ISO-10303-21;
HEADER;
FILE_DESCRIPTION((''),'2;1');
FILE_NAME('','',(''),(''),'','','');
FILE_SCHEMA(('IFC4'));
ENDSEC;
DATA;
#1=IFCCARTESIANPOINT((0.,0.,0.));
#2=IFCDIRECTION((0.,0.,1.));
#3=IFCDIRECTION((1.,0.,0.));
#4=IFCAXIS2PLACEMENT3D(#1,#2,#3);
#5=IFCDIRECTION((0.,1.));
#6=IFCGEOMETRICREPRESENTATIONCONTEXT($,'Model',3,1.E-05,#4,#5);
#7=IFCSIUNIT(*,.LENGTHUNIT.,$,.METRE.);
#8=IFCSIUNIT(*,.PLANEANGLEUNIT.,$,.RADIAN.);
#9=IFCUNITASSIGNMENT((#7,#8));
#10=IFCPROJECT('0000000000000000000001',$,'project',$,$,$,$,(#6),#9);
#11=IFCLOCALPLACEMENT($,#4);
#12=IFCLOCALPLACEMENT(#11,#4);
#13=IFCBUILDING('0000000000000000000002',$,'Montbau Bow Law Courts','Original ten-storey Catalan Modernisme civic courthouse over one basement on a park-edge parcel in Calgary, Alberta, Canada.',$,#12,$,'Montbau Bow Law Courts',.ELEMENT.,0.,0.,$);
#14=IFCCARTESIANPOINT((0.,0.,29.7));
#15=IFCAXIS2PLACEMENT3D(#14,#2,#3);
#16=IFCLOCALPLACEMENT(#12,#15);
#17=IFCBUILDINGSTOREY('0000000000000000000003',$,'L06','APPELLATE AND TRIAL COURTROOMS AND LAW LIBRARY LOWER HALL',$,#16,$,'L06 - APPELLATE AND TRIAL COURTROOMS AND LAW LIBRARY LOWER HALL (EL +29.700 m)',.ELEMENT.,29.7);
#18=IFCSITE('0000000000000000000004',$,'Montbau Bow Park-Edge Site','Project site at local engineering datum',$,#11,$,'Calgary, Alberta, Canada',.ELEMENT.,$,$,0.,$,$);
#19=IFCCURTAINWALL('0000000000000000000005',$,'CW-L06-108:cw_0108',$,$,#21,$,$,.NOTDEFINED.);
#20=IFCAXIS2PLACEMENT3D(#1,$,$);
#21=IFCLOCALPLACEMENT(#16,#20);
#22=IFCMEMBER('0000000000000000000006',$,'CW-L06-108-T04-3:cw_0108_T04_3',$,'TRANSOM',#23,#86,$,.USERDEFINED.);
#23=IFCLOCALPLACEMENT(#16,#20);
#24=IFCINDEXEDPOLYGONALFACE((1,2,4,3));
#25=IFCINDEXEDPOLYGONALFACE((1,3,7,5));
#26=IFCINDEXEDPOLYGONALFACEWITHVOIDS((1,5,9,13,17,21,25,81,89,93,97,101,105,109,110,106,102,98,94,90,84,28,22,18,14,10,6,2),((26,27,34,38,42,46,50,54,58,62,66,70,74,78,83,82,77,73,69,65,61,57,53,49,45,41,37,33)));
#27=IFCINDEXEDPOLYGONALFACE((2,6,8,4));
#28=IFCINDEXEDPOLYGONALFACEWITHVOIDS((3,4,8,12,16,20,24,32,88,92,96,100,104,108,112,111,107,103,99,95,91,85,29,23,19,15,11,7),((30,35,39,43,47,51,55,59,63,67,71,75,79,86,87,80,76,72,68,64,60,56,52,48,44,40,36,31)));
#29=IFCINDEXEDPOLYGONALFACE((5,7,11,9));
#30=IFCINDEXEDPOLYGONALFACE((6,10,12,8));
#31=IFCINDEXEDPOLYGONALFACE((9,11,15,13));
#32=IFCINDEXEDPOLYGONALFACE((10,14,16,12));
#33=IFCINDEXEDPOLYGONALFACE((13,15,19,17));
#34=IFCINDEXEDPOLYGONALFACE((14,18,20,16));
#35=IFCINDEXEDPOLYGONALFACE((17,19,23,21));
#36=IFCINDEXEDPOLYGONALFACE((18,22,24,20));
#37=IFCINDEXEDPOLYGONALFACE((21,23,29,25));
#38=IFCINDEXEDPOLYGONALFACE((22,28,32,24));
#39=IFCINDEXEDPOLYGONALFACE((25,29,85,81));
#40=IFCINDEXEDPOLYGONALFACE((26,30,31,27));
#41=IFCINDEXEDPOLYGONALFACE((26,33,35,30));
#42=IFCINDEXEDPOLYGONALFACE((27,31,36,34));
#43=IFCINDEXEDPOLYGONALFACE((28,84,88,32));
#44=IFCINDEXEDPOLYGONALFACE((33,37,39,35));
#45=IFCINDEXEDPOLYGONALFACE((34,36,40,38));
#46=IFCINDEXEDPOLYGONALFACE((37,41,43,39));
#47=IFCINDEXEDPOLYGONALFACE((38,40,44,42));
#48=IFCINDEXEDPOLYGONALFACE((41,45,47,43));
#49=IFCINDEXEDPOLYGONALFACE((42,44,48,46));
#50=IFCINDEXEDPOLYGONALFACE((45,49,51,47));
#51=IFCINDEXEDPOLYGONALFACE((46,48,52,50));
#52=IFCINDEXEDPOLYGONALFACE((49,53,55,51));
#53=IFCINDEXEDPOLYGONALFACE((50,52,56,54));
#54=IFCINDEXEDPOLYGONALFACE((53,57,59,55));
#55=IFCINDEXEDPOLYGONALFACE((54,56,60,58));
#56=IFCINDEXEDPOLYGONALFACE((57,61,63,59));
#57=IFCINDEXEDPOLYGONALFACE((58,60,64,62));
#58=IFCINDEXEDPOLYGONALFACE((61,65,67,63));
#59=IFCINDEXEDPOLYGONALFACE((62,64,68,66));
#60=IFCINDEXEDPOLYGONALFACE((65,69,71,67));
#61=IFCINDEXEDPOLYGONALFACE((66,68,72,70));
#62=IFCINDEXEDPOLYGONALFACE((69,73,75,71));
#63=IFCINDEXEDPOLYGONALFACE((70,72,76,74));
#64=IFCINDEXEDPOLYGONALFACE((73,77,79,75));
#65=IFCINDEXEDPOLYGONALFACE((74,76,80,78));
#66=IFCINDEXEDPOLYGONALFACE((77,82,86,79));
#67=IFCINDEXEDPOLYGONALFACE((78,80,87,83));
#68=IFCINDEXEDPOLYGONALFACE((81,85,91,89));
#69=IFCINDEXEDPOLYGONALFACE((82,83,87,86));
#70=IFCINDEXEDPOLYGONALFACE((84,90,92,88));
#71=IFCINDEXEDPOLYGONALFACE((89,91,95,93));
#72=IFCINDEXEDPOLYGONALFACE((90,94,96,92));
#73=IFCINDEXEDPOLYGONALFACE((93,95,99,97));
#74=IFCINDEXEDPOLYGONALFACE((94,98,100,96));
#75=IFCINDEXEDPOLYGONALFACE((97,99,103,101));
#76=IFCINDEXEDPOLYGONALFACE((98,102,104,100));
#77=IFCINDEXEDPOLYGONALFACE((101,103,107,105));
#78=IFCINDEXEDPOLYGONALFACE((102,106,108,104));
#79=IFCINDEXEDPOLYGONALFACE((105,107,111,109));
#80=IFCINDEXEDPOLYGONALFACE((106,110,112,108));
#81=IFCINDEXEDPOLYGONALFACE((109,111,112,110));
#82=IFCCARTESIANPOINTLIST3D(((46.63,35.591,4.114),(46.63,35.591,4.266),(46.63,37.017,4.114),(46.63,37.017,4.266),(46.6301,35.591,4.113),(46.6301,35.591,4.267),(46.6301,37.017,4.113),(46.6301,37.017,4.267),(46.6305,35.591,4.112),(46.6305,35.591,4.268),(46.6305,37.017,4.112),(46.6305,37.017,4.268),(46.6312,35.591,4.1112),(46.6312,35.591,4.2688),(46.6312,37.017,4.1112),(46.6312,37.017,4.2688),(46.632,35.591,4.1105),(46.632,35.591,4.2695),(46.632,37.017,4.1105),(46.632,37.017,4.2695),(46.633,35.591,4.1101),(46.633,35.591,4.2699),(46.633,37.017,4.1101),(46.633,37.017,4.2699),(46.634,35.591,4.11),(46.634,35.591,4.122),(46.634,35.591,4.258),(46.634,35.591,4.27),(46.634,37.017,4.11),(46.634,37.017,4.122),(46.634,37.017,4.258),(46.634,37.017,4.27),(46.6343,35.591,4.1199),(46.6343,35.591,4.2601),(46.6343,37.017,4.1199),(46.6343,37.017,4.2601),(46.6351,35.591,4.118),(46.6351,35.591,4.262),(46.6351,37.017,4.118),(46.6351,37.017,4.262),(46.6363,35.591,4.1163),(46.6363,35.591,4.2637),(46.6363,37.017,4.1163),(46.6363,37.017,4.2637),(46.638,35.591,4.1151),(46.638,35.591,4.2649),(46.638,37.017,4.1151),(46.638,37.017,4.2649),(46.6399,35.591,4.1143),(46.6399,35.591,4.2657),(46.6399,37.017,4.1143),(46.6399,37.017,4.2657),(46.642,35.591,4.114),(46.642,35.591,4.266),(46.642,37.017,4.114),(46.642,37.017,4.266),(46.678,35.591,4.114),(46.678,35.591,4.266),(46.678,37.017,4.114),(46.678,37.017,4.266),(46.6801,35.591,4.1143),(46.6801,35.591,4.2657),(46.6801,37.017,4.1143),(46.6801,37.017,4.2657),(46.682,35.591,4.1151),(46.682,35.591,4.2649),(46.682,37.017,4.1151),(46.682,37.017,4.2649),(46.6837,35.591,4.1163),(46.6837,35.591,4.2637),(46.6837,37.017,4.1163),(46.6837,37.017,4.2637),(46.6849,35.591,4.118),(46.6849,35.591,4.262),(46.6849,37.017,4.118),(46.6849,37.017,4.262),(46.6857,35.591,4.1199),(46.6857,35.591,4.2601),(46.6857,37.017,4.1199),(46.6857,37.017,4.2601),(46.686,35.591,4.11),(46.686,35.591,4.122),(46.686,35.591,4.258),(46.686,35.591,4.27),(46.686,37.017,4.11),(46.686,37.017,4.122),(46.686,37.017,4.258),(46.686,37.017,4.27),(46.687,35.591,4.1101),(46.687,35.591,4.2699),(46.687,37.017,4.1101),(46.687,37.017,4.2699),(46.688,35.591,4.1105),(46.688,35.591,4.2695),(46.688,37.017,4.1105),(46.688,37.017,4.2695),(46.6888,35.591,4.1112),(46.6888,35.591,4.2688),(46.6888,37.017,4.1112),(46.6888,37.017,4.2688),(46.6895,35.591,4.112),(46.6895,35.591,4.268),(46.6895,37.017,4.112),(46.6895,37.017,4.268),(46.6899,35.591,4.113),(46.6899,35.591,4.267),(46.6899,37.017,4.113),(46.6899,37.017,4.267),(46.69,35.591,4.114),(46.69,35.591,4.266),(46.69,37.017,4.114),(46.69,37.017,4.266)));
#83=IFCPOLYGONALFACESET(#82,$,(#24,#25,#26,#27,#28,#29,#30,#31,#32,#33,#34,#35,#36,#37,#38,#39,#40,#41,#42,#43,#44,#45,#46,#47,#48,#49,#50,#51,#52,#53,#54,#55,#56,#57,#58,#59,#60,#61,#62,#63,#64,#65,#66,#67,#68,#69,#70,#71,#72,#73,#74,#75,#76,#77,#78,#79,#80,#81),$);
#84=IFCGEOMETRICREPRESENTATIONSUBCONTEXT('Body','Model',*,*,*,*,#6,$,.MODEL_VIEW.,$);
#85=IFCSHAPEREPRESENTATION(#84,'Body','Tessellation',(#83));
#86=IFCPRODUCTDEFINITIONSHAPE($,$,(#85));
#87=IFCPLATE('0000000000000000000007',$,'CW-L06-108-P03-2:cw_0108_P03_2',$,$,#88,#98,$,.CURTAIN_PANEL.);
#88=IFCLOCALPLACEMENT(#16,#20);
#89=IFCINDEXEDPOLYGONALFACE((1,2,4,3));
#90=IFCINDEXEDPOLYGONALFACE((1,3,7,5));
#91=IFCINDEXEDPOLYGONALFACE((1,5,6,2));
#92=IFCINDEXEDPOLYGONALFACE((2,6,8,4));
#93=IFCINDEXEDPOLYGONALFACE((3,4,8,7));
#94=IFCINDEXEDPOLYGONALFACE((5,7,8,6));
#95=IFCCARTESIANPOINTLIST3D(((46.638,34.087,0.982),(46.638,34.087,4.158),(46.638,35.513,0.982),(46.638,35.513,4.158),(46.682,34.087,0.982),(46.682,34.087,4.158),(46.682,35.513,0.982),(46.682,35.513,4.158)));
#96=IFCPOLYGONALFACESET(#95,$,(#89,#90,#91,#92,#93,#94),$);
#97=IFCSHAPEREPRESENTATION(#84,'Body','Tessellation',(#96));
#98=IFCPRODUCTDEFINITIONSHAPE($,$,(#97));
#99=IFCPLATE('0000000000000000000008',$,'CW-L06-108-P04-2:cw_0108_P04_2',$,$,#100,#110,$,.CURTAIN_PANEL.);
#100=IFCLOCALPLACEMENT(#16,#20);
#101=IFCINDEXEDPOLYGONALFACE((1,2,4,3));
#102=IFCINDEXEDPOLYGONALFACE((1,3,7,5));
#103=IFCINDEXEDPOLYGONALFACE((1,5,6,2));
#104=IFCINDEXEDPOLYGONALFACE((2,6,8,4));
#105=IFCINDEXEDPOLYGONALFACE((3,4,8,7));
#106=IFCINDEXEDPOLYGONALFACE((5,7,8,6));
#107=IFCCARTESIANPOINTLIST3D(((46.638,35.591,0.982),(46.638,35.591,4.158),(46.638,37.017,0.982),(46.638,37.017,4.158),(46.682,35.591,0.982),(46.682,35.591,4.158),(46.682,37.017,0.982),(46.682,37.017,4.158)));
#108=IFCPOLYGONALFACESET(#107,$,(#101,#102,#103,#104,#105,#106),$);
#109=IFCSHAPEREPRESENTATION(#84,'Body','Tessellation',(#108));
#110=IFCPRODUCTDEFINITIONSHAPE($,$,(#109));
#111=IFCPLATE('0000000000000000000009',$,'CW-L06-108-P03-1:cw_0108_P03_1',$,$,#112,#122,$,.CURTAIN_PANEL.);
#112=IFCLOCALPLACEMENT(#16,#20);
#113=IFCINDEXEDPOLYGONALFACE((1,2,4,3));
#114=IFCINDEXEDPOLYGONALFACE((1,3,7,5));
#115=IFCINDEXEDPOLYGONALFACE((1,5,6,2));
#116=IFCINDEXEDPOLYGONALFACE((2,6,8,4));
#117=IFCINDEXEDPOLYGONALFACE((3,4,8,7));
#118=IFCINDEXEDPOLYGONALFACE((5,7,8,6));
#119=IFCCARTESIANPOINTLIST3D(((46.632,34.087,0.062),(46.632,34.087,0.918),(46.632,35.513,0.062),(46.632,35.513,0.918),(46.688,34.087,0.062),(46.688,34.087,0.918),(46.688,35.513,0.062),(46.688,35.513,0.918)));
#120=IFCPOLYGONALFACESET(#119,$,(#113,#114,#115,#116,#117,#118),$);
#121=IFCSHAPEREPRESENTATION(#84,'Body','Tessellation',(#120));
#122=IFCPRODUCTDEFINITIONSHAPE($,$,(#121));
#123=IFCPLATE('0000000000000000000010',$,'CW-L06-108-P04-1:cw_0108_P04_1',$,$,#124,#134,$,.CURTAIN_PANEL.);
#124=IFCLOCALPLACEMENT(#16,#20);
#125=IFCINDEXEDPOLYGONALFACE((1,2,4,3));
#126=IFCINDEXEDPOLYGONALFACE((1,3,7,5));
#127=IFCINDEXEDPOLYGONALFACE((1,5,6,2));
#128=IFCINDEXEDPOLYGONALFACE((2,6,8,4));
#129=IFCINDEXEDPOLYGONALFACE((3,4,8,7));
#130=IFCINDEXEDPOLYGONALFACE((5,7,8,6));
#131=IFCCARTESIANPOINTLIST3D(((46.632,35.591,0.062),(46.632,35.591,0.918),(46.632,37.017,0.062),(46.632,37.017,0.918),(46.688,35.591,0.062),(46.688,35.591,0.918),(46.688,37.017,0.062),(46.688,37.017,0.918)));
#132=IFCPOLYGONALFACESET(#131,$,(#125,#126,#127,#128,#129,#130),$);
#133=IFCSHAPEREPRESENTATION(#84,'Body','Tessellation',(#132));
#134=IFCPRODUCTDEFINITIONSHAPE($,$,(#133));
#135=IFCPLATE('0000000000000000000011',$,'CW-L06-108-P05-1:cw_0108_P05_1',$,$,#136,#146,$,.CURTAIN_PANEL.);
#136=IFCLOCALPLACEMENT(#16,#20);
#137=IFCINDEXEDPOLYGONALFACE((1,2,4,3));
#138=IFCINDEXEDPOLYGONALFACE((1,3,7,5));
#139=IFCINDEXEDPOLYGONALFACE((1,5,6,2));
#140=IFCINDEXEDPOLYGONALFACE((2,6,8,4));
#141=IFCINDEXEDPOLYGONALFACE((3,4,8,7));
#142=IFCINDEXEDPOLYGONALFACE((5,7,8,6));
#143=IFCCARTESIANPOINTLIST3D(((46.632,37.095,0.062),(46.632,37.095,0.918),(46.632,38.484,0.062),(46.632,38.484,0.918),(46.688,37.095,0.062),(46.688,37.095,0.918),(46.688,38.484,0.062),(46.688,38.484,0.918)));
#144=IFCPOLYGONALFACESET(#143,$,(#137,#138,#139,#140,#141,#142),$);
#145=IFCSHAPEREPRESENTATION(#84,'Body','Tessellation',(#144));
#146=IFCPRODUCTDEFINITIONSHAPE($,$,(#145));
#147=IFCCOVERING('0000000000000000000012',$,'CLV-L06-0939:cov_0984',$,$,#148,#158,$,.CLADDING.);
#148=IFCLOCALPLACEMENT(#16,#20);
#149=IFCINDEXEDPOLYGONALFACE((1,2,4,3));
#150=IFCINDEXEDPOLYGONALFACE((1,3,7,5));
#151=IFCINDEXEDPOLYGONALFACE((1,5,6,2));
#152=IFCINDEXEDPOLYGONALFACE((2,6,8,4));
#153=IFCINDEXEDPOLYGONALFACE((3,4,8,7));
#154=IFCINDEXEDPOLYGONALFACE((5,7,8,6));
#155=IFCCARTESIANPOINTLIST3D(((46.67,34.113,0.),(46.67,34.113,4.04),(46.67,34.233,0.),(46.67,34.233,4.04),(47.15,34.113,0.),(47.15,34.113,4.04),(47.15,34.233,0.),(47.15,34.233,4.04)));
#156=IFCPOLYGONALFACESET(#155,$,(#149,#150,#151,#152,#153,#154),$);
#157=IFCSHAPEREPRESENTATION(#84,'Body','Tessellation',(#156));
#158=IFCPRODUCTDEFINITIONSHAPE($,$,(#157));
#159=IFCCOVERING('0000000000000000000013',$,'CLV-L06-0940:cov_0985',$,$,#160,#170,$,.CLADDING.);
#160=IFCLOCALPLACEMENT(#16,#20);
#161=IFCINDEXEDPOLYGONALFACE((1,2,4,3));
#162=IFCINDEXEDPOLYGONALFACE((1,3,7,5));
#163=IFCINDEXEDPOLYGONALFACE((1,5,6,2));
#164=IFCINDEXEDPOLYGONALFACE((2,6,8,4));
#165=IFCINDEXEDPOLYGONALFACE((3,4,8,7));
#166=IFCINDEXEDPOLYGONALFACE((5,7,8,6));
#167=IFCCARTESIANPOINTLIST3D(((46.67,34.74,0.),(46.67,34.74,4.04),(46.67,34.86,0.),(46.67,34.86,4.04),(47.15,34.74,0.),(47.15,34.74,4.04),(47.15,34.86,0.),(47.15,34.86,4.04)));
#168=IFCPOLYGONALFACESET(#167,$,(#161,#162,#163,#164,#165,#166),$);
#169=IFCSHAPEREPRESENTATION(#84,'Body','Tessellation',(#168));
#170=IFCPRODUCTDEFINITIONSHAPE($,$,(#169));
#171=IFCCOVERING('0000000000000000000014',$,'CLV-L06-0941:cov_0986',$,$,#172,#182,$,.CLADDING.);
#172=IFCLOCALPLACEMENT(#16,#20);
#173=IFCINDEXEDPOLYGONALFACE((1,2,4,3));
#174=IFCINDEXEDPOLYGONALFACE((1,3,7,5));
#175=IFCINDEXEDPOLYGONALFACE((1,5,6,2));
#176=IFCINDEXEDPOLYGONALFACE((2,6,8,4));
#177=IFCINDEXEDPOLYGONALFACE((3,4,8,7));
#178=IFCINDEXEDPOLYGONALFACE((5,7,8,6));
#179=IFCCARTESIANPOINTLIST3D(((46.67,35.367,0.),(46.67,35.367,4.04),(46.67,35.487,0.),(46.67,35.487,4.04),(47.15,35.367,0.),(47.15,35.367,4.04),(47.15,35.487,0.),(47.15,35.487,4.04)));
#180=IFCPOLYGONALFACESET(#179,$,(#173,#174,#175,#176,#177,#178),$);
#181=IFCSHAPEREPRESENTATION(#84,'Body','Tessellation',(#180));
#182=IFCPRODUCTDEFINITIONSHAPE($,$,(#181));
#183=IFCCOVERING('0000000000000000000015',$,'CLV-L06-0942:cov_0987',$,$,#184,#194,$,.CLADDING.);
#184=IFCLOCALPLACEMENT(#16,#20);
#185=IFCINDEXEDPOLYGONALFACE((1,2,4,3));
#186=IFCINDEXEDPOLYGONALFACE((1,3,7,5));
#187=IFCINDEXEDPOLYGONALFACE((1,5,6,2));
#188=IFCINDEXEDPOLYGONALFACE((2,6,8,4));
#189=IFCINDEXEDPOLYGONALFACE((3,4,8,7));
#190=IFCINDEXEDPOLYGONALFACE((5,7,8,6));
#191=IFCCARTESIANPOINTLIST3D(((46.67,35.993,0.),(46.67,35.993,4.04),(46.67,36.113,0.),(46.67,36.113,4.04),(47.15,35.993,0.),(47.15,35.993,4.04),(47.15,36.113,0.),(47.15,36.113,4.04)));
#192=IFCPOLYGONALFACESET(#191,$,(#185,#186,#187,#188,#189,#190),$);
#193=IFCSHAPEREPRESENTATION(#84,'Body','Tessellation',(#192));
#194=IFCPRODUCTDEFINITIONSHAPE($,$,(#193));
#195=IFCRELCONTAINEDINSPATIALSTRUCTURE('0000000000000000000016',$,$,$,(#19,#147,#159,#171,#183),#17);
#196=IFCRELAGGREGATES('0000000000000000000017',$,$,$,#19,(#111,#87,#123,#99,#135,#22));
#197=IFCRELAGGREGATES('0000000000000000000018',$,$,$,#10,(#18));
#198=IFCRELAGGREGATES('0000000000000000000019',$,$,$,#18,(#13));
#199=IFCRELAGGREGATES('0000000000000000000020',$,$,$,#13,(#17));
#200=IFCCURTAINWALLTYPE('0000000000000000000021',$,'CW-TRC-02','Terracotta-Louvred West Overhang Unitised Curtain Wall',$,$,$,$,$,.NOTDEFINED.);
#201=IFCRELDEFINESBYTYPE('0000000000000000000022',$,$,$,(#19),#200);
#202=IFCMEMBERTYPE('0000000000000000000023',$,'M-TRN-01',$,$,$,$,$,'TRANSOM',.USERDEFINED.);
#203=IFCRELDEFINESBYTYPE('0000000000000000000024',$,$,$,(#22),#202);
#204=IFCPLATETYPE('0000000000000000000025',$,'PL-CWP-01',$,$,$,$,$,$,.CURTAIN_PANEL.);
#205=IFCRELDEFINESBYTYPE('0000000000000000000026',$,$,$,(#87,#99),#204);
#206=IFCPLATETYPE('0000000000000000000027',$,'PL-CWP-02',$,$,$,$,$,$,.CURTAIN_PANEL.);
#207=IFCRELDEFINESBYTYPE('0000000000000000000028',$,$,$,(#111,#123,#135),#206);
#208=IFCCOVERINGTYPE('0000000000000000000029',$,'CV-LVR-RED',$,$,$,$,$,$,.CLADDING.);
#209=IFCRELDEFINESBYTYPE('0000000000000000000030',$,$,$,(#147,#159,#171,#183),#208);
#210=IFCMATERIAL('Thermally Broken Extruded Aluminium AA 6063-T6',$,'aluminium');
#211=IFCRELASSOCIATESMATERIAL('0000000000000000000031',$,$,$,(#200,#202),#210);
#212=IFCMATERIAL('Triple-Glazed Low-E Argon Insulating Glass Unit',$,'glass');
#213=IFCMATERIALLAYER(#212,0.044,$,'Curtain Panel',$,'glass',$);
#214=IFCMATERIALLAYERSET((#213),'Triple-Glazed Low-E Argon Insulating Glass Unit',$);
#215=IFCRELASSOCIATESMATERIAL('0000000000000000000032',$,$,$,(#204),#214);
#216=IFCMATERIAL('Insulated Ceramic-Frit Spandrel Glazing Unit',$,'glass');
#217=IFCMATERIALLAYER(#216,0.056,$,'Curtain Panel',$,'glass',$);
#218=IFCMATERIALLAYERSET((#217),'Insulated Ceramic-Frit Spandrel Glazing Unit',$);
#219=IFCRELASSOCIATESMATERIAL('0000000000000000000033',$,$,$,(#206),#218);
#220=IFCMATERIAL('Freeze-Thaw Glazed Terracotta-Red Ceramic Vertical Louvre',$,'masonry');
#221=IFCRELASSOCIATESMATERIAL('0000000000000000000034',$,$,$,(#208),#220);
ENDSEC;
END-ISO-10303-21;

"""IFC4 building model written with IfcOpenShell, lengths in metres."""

from ifc_helpers import new_model, si_unit, direction, frame, frame_2d, origin_with_axes, origin_2d_with_axis, place, context, subcontext, project, spatial, rectangle, hollow_rectangle, extrude, material, layer, layer_set, material_profile, profile_set, type_object, element, aggregate, save


model = new_model("IFC4")

# Units and contexts
model_context = context("Model", 3, precision=1e-05, world=origin_with_axes(), true_north=direction((0.0, 1.0)))
body_context = subcontext(model_context, "Body", "Model", "MODEL_VIEW")
ifc_project = project(units=[si_unit("LENGTHUNIT", "METRE"), si_unit("PLANEANGLEUNIT", "RADIAN")], contexts=[model_context])

# Site, building, storey
site_placement = place(None, origin_with_axes())
site = spatial("IfcSite", under=ifc_project, at=site_placement, Name="Montbau Bow Park-Edge Site", Description="Project site at local engineering datum", LongName="Calgary, Alberta, Canada", CompositionType="ELEMENT", RefElevation=0.0)
building_placement = place(site_placement, origin_with_axes())
building = spatial("IfcBuilding", under=site, at=building_placement, Name="Montbau Bow Law Courts", Description="Original ten-storey Catalan Modernisme civic courthouse over one basement on a park-edge parcel in Calgary, Alberta, Canada.", LongName="Montbau Bow Law Courts", CompositionType="ELEMENT", ElevationOfRefHeight=0.0, ElevationOfTerrain=0.0)
storey_placement = place(building_placement, frame((0.0, 0.0, 29.7), z_axis=(0.0, 0.0, 1.0), x_axis=(1.0, 0.0, 0.0)))
storey = spatial("IfcBuildingStorey", under=building, at=storey_placement, Name="L06", Description="APPELLATE AND TRIAL COURTROOMS AND LAW LIBRARY LOWER HALL", LongName="L06 - APPELLATE AND TRIAL COURTROOMS AND LAW LIBRARY LOWER HALL (EL +29.700 m)", CompositionType="ELEMENT", Elevation=29.7)

# Curtain wall, member, plates
ifc_material_1 = material(Name="Thermally Broken Extruded Aluminium AA 6063-T6", Category="aluminium")
curtain_wall_type = type_object("IfcCurtainWallType", Name="CW-TRC-02", Description="Terracotta-Louvred West Overhang Unitised Curtain Wall", PredefinedType="NOTDEFINED", material=ifc_material_1)
curtain_wall_placement = place(None, frame((46.66, 31.04, 29.7), z_axis=(0.0, 0.0, 1.0), x_axis=(1.0, 0.0, 0.0)))
curtain_wall = element("IfcCurtainWall", 1, at=curtain_wall_placement, inside=storey, type_object=curtain_wall_type, Name="CW-L06-108:cw_0108", PredefinedType="NOTDEFINED")
ifc_material_profile_1 = material_profile(ifc_material_1, hollow_rectangle(XDim=0.06, YDim=0.16, WallThickness=0.004, InnerFilletRadius=0.008, OuterFilletRadius=0.004, at=origin_2d_with_axis()), Name="CWT-160X60", Category="Main", Priority=0)
ifc_profile_set_1 = profile_set([ifc_material_profile_1], Name="Thermally Broken Extruded Aluminium AA 6063-T6")
member_type_1 = type_object("IfcMemberType", Name="M-TRN-01", ElementType="TRANSOM", PredefinedType="USERDEFINED", material=ifc_profile_set_1)
member_1_placement = place(None, frame((46.66, 35.591, 33.89), z_axis=(0.0, 1.0, 0.0), x_axis=(-1.0, 0.0, 0.0)))
member_1 = element("IfcMember", 2, at=member_1_placement, type_object=member_type_1, Name="CW-L06-108-T04-3:cw_0108_T04_3", ObjectType="TRANSOM", PredefinedType="USERDEFINED", context=body_context, shape_type="SweptSolid", body=[
    extrude(hollow_rectangle(XDim=0.06, YDim=0.16, WallThickness=0.004, InnerFilletRadius=0.008, OuterFilletRadius=0.004, at=origin_2d_with_axis()), origin_with_axes(), (0.0, 0.0, 1.0), 1.426),
])
ifc_material_2 = material(Name="Triple-Glazed Low-E Argon Insulating Glass Unit", Category="glass")
ifc_layer_1 = layer(ifc_material_2, 0.044, Name="Curtain Panel", Category="glass")
ifc_layer_set_1 = layer_set([ifc_layer_1], Name="Triple-Glazed Low-E Argon Insulating Glass Unit")
plate_type_1 = type_object("IfcPlateType", Name="PL-CWP-01", PredefinedType="CURTAIN_PANEL", material=ifc_layer_set_1)
plate_1_placement = place(None, frame((46.66, 34.087, 30.682), z_axis=(1.0, 0.0, 0.0), x_axis=(0.0, 1.0, 0.0)))
plate_1 = element("IfcPlate", 3, at=plate_1_placement, type_object=plate_type_1, Name="CW-L06-108-P03-2:cw_0108_P03_2", PredefinedType="CURTAIN_PANEL", context=body_context, shape_type="SweptSolid", body=[
    extrude(rectangle(XDim=1.426, YDim=3.176, at=frame_2d((0.713, 1.588), x_axis=(1.0, 0.0))), frame((0.0, 0.0, -0.022), z_axis=(0.0, 0.0, 1.0), x_axis=(1.0, 0.0, 0.0)), (0.0, 0.0, 1.0), 0.044),
])
plate_2_placement = place(None, frame((46.66, 35.591, 30.682), z_axis=(1.0, 0.0, 0.0), x_axis=(0.0, 1.0, 0.0)))
plate_2 = element("IfcPlate", 4, at=plate_2_placement, type_object=plate_type_1, Name="CW-L06-108-P04-2:cw_0108_P04_2", PredefinedType="CURTAIN_PANEL", context=body_context, shape_type="SweptSolid", body=[
    extrude(rectangle(XDim=1.426, YDim=3.176, at=frame_2d((0.713, 1.588), x_axis=(1.0, 0.0))), frame((0.0, 0.0, -0.022), z_axis=(0.0, 0.0, 1.0), x_axis=(1.0, 0.0, 0.0)), (0.0, 0.0, 1.0), 0.044),
])
ifc_material_3 = material(Name="Insulated Ceramic-Frit Spandrel Glazing Unit", Category="glass")
ifc_layer_2 = layer(ifc_material_3, 0.056, Name="Curtain Panel", Category="glass")
ifc_layer_set_2 = layer_set([ifc_layer_2], Name="Insulated Ceramic-Frit Spandrel Glazing Unit")
plate_type_2 = type_object("IfcPlateType", Name="PL-CWP-02", PredefinedType="CURTAIN_PANEL", material=ifc_layer_set_2)
plate_3_placement = place(None, frame((46.66, 34.087, 29.762), z_axis=(1.0, 0.0, 0.0), x_axis=(0.0, 1.0, 0.0)))
plate_3 = element("IfcPlate", 5, at=plate_3_placement, type_object=plate_type_2, Name="CW-L06-108-P03-1:cw_0108_P03_1", PredefinedType="CURTAIN_PANEL", context=body_context, shape_type="SweptSolid", body=[
    extrude(rectangle(XDim=1.426, YDim=0.856, at=frame_2d((0.713, 0.428), x_axis=(1.0, 0.0))), frame((0.0, 0.0, -0.028), z_axis=(0.0, 0.0, 1.0), x_axis=(1.0, 0.0, 0.0)), (0.0, 0.0, 1.0), 0.056),
])
plate_4_placement = place(None, frame((46.66, 35.591, 29.762), z_axis=(1.0, 0.0, 0.0), x_axis=(0.0, 1.0, 0.0)))
plate_4 = element("IfcPlate", 6, at=plate_4_placement, type_object=plate_type_2, Name="CW-L06-108-P04-1:cw_0108_P04_1", PredefinedType="CURTAIN_PANEL", context=body_context, shape_type="SweptSolid", body=[
    extrude(rectangle(XDim=1.426, YDim=0.856, at=frame_2d((0.713, 0.428), x_axis=(1.0, 0.0))), frame((0.0, 0.0, -0.028), z_axis=(0.0, 0.0, 1.0), x_axis=(1.0, 0.0, 0.0)), (0.0, 0.0, 1.0), 0.056),
])
plate_5_placement = place(None, frame((46.66, 37.095, 29.762), z_axis=(1.0, 0.0, 0.0), x_axis=(0.0, 1.0, 0.0)))
plate_5 = element("IfcPlate", 7, at=plate_5_placement, type_object=plate_type_2, Name="CW-L06-108-P05-1:cw_0108_P05_1", PredefinedType="CURTAIN_PANEL", context=body_context, shape_type="SweptSolid", body=[
    extrude(rectangle(XDim=1.389, YDim=0.856, at=frame_2d((0.6945, 0.428), x_axis=(1.0, 0.0))), frame((0.0, 0.0, -0.028), z_axis=(0.0, 0.0, 1.0), x_axis=(1.0, 0.0, 0.0)), (0.0, 0.0, 1.0), 0.056),
])
aggregate(curtain_wall, [plate_3, plate_1, plate_4, plate_2, plate_5, member_1])

# Coverings
ifc_material_4 = material(Name="Freeze-Thaw Glazed Terracotta-Red Ceramic Vertical Louvre", Category="masonry")
covering_type = type_object("IfcCoveringType", Name="CV-LVR-RED", PredefinedType="CLADDING", material=ifc_material_4)
for number, where, z_axis, x_axis, name in (
    (8, (46.67, 34.173, 29.7), (0.0, -1.0, 0.0), (1.0, 0.0, 0.0), "CLV-L06-0939:cov_0984"),
    (9, (46.67, 34.8, 29.7), (0.0, -1.0, 0.0), (1.0, 0.0, 0.0), "CLV-L06-0940:cov_0985"),
    (10, (46.67, 35.427, 29.7), (0.0, -1.0, 0.0), (1.0, 0.0, 0.0), "CLV-L06-0941:cov_0986"),
    (11, (46.67, 36.053, 29.7), (0.0, -1.0, 0.0), (1.0, 0.0, 0.0), "CLV-L06-0942:cov_0987"),
):
    element("IfcCovering", number, at=place(None, frame(where, z_axis=z_axis, x_axis=x_axis)), inside=storey, type_object=covering_type, Name=name, PredefinedType="CLADDING", context=body_context, shape_type="SweptSolid", body=[
        extrude(rectangle(XDim=0.48, YDim=4.04, at=frame_2d((0.24, 2.02), x_axis=(1.0, 0.0))), frame((0.0, 0.0, -0.06), z_axis=(0.0, 0.0, 1.0), x_axis=(1.0, 0.0, 0.0)), (0.0, 0.0, 1.0), 0.12),
    ])

save(model, "model.ifc")
